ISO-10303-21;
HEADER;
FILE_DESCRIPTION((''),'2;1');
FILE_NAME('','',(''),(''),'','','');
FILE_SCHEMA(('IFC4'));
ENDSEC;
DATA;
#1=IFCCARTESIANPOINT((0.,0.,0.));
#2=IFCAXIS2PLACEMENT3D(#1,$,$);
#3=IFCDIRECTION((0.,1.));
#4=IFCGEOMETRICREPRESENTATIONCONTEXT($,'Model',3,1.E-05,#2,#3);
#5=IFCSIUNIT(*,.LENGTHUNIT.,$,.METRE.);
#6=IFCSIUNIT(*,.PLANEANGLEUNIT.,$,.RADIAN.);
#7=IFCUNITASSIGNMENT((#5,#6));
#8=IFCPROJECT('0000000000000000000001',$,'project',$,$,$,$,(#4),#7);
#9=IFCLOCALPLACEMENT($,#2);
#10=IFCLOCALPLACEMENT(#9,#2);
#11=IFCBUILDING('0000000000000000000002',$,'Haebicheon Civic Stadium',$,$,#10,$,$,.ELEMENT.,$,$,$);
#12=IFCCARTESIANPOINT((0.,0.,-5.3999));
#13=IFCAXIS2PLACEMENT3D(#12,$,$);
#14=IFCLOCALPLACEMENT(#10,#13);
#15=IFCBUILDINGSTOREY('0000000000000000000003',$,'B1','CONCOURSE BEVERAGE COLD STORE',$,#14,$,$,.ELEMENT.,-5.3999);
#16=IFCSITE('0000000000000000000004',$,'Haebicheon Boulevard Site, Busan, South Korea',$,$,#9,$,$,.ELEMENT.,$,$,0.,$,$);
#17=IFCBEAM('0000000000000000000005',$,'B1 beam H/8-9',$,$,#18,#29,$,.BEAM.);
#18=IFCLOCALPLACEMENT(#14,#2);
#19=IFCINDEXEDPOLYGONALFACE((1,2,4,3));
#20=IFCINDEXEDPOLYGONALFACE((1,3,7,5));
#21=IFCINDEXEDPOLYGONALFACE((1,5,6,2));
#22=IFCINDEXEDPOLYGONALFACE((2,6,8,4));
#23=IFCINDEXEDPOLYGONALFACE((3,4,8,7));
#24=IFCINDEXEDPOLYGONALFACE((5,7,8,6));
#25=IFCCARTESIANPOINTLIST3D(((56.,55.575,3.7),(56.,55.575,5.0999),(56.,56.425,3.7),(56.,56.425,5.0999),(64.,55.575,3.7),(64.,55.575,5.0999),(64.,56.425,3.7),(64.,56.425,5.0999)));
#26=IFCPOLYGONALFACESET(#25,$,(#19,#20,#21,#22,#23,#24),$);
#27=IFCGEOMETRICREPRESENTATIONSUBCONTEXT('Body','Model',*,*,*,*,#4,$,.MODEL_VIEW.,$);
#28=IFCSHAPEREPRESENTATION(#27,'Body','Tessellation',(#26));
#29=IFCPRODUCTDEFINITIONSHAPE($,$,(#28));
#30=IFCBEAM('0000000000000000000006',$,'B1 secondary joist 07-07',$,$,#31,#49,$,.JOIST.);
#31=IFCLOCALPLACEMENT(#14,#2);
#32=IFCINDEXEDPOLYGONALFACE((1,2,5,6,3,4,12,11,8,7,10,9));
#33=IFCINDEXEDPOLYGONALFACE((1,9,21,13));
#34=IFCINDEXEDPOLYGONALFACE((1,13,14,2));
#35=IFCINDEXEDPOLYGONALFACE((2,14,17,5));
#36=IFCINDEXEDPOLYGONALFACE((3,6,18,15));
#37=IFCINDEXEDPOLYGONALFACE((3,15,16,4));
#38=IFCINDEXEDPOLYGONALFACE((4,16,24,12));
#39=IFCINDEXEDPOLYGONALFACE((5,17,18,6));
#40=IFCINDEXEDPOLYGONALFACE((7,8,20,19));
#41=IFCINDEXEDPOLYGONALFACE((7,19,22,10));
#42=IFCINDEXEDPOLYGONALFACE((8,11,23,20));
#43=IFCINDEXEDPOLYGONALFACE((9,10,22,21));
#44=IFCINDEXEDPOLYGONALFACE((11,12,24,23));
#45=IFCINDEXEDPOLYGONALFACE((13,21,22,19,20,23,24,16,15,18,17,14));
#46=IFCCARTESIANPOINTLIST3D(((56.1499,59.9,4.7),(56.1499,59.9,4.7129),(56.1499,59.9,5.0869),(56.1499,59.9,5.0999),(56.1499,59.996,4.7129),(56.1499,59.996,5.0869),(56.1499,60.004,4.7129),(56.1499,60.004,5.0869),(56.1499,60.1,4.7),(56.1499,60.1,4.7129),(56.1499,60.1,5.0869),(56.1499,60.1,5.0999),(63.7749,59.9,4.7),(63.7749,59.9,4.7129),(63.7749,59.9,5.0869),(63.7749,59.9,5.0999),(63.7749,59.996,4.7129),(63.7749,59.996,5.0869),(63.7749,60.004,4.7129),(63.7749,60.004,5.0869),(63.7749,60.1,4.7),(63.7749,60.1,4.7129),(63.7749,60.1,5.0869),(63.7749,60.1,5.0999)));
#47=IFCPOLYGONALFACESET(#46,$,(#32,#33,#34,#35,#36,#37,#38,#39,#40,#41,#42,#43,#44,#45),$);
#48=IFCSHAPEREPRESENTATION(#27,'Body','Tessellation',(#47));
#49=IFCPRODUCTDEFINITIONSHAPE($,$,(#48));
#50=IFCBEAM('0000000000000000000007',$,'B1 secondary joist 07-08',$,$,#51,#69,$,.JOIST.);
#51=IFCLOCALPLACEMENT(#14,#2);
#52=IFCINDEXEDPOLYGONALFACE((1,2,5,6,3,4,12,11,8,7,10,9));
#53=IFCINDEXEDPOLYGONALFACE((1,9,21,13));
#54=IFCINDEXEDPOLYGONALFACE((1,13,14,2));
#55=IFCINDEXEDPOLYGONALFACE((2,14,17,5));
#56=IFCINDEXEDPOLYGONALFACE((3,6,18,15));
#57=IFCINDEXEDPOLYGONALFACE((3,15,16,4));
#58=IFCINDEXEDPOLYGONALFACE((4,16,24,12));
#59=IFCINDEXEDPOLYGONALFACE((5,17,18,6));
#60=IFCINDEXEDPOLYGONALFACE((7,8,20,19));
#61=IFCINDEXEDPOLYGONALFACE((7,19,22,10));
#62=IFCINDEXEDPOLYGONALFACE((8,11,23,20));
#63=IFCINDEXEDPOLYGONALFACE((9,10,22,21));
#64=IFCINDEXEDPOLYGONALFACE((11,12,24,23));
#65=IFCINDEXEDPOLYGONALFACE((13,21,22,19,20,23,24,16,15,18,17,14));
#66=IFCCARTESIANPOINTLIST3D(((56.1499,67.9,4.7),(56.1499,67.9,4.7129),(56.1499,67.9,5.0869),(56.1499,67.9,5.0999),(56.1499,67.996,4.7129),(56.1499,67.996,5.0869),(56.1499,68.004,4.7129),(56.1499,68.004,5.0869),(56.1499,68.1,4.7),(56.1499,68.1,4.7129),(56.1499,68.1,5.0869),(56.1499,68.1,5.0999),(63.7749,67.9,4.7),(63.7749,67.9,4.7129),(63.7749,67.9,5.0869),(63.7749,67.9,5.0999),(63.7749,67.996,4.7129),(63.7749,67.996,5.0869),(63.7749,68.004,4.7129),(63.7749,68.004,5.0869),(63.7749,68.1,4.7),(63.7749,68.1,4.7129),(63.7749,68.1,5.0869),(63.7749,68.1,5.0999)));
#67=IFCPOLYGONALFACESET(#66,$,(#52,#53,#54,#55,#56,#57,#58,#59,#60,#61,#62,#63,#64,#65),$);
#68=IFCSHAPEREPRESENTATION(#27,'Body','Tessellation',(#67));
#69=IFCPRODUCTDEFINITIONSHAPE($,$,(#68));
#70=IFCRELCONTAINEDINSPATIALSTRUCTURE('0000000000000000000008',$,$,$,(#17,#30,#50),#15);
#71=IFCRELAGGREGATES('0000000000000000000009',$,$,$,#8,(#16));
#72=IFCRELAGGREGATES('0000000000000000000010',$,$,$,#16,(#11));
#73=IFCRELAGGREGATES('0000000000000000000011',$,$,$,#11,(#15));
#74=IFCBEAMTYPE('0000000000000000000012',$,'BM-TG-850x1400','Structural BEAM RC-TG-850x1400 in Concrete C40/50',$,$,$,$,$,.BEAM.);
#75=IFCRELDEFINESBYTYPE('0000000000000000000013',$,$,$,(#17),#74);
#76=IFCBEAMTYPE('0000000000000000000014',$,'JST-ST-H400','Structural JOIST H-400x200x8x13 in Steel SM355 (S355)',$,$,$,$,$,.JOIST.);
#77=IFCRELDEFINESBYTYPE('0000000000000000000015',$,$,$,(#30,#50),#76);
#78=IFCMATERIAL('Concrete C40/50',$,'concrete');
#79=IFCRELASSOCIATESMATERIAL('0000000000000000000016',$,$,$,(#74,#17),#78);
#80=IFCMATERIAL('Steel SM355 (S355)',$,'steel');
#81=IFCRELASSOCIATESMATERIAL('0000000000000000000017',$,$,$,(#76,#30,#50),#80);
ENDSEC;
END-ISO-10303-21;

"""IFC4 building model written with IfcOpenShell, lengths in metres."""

from ifc_helpers import new_model, si_unit, direction, frame, origin, origin_2d, place, context, subcontext, project, spatial, rectangle, i_section, extrude, material, material_profile, profile_set, type_object, element, save


model = new_model("IFC4")

# Units and contexts
model_context = context("Model", 3, precision=1e-05, world=origin(), true_north=direction((0.0, 1.0)))
body_context = subcontext(model_context, "Body", "Model", "MODEL_VIEW")
ifc_project = project(units=[si_unit("LENGTHUNIT", "METRE"), si_unit("PLANEANGLEUNIT", "RADIAN")], contexts=[model_context])

# Site, building, storey
site_placement = place(None, origin())
site = spatial("IfcSite", under=ifc_project, at=site_placement, Name="Haebicheon Boulevard Site, Busan, South Korea", CompositionType="ELEMENT", RefElevation=0.0)
building_placement = place(site_placement, origin())
building = spatial("IfcBuilding", under=site, at=building_placement, Name="Haebicheon Civic Stadium", CompositionType="ELEMENT")
storey_placement = place(building_placement, frame((0.0, 0.0, -5.3999)))
storey = spatial("IfcBuildingStorey", under=building, at=storey_placement, Name="B1", Description="CONCOURSE BEVERAGE COLD STORE", CompositionType="ELEMENT", Elevation=-5.3999)

# Beams
ifc_material_1 = material(Name="Concrete C40/50", Category="concrete")
ifc_material_profile_1 = material_profile(ifc_material_1, rectangle(XDim=0.8501, YDim=1.3999, at=origin_2d()), Name="RC-TG-850x1400")
ifc_profile_set_1 = profile_set([ifc_material_profile_1], Name="Concrete C40/50")
beam_type_1 = type_object("IfcBeamType", Name="BM-TG-850x1400", Description="Structural BEAM RC-TG-850x1400 in Concrete C40/50", PredefinedType="BEAM", material=ifc_profile_set_1)
beam_1_placement = place(storey_placement, frame((56.0, 56.0, 4.3999), z_axis=(1.0, 0.0, 0.0), x_axis=(0.0, 1.0, 0.0)))
element("IfcBeam", 1, at=beam_1_placement, inside=storey, type_object=beam_type_1, material=ifc_profile_set_1, Name="B1 beam H/8-9", PredefinedType="BEAM", context=body_context, shape_type="SweptSolid", body=[
    extrude(rectangle(XDim=0.8501, YDim=1.3999, at=origin_2d()), origin(), (0.0, 0.0, 1.0), 8.0),
])
ifc_material_2 = material(Name="Steel SM355 (S355)", Category="steel")
ifc_material_profile_2 = material_profile(ifc_material_2, i_section(OverallWidth=0.2, OverallDepth=0.3999, WebThickness=0.0081, FlangeThickness=0.0129, at=origin_2d()), Name="H-400x200x8x13")
ifc_profile_set_2 = profile_set([ifc_material_profile_2], Name="Steel SM355 (S355)")
beam_type_2 = type_object("IfcBeamType", Name="JST-ST-H400", Description="Structural JOIST H-400x200x8x13 in Steel SM355 (S355)", PredefinedType="JOIST", material=ifc_profile_set_2)
for number, where, z_axis, x_axis, name in (
    (2, (56.1499, 60.0, 4.8999), (1.0, 0.0, 0.0), (0.0, 1.0, 0.0), "B1 secondary joist 07-07"),
    (3, (56.1499, 68.0, 4.8999), (1.0, 0.0, 0.0), (0.0, 1.0, 0.0), "B1 secondary joist 07-08"),
):
    element("IfcBeam", number, at=place(storey_placement, frame(where, z_axis=z_axis, x_axis=x_axis)), inside=storey, type_object=beam_type_2, material=ifc_profile_set_2, Name=name, PredefinedType="JOIST", context=body_context, shape_type="SweptSolid", body=[
        extrude(i_section(OverallWidth=0.2, OverallDepth=0.3999, WebThickness=0.0081, FlangeThickness=0.0129, at=origin_2d()), origin(), (0.0, 0.0, 1.0), 7.625),
    ])

save(model, "model.ifc")
